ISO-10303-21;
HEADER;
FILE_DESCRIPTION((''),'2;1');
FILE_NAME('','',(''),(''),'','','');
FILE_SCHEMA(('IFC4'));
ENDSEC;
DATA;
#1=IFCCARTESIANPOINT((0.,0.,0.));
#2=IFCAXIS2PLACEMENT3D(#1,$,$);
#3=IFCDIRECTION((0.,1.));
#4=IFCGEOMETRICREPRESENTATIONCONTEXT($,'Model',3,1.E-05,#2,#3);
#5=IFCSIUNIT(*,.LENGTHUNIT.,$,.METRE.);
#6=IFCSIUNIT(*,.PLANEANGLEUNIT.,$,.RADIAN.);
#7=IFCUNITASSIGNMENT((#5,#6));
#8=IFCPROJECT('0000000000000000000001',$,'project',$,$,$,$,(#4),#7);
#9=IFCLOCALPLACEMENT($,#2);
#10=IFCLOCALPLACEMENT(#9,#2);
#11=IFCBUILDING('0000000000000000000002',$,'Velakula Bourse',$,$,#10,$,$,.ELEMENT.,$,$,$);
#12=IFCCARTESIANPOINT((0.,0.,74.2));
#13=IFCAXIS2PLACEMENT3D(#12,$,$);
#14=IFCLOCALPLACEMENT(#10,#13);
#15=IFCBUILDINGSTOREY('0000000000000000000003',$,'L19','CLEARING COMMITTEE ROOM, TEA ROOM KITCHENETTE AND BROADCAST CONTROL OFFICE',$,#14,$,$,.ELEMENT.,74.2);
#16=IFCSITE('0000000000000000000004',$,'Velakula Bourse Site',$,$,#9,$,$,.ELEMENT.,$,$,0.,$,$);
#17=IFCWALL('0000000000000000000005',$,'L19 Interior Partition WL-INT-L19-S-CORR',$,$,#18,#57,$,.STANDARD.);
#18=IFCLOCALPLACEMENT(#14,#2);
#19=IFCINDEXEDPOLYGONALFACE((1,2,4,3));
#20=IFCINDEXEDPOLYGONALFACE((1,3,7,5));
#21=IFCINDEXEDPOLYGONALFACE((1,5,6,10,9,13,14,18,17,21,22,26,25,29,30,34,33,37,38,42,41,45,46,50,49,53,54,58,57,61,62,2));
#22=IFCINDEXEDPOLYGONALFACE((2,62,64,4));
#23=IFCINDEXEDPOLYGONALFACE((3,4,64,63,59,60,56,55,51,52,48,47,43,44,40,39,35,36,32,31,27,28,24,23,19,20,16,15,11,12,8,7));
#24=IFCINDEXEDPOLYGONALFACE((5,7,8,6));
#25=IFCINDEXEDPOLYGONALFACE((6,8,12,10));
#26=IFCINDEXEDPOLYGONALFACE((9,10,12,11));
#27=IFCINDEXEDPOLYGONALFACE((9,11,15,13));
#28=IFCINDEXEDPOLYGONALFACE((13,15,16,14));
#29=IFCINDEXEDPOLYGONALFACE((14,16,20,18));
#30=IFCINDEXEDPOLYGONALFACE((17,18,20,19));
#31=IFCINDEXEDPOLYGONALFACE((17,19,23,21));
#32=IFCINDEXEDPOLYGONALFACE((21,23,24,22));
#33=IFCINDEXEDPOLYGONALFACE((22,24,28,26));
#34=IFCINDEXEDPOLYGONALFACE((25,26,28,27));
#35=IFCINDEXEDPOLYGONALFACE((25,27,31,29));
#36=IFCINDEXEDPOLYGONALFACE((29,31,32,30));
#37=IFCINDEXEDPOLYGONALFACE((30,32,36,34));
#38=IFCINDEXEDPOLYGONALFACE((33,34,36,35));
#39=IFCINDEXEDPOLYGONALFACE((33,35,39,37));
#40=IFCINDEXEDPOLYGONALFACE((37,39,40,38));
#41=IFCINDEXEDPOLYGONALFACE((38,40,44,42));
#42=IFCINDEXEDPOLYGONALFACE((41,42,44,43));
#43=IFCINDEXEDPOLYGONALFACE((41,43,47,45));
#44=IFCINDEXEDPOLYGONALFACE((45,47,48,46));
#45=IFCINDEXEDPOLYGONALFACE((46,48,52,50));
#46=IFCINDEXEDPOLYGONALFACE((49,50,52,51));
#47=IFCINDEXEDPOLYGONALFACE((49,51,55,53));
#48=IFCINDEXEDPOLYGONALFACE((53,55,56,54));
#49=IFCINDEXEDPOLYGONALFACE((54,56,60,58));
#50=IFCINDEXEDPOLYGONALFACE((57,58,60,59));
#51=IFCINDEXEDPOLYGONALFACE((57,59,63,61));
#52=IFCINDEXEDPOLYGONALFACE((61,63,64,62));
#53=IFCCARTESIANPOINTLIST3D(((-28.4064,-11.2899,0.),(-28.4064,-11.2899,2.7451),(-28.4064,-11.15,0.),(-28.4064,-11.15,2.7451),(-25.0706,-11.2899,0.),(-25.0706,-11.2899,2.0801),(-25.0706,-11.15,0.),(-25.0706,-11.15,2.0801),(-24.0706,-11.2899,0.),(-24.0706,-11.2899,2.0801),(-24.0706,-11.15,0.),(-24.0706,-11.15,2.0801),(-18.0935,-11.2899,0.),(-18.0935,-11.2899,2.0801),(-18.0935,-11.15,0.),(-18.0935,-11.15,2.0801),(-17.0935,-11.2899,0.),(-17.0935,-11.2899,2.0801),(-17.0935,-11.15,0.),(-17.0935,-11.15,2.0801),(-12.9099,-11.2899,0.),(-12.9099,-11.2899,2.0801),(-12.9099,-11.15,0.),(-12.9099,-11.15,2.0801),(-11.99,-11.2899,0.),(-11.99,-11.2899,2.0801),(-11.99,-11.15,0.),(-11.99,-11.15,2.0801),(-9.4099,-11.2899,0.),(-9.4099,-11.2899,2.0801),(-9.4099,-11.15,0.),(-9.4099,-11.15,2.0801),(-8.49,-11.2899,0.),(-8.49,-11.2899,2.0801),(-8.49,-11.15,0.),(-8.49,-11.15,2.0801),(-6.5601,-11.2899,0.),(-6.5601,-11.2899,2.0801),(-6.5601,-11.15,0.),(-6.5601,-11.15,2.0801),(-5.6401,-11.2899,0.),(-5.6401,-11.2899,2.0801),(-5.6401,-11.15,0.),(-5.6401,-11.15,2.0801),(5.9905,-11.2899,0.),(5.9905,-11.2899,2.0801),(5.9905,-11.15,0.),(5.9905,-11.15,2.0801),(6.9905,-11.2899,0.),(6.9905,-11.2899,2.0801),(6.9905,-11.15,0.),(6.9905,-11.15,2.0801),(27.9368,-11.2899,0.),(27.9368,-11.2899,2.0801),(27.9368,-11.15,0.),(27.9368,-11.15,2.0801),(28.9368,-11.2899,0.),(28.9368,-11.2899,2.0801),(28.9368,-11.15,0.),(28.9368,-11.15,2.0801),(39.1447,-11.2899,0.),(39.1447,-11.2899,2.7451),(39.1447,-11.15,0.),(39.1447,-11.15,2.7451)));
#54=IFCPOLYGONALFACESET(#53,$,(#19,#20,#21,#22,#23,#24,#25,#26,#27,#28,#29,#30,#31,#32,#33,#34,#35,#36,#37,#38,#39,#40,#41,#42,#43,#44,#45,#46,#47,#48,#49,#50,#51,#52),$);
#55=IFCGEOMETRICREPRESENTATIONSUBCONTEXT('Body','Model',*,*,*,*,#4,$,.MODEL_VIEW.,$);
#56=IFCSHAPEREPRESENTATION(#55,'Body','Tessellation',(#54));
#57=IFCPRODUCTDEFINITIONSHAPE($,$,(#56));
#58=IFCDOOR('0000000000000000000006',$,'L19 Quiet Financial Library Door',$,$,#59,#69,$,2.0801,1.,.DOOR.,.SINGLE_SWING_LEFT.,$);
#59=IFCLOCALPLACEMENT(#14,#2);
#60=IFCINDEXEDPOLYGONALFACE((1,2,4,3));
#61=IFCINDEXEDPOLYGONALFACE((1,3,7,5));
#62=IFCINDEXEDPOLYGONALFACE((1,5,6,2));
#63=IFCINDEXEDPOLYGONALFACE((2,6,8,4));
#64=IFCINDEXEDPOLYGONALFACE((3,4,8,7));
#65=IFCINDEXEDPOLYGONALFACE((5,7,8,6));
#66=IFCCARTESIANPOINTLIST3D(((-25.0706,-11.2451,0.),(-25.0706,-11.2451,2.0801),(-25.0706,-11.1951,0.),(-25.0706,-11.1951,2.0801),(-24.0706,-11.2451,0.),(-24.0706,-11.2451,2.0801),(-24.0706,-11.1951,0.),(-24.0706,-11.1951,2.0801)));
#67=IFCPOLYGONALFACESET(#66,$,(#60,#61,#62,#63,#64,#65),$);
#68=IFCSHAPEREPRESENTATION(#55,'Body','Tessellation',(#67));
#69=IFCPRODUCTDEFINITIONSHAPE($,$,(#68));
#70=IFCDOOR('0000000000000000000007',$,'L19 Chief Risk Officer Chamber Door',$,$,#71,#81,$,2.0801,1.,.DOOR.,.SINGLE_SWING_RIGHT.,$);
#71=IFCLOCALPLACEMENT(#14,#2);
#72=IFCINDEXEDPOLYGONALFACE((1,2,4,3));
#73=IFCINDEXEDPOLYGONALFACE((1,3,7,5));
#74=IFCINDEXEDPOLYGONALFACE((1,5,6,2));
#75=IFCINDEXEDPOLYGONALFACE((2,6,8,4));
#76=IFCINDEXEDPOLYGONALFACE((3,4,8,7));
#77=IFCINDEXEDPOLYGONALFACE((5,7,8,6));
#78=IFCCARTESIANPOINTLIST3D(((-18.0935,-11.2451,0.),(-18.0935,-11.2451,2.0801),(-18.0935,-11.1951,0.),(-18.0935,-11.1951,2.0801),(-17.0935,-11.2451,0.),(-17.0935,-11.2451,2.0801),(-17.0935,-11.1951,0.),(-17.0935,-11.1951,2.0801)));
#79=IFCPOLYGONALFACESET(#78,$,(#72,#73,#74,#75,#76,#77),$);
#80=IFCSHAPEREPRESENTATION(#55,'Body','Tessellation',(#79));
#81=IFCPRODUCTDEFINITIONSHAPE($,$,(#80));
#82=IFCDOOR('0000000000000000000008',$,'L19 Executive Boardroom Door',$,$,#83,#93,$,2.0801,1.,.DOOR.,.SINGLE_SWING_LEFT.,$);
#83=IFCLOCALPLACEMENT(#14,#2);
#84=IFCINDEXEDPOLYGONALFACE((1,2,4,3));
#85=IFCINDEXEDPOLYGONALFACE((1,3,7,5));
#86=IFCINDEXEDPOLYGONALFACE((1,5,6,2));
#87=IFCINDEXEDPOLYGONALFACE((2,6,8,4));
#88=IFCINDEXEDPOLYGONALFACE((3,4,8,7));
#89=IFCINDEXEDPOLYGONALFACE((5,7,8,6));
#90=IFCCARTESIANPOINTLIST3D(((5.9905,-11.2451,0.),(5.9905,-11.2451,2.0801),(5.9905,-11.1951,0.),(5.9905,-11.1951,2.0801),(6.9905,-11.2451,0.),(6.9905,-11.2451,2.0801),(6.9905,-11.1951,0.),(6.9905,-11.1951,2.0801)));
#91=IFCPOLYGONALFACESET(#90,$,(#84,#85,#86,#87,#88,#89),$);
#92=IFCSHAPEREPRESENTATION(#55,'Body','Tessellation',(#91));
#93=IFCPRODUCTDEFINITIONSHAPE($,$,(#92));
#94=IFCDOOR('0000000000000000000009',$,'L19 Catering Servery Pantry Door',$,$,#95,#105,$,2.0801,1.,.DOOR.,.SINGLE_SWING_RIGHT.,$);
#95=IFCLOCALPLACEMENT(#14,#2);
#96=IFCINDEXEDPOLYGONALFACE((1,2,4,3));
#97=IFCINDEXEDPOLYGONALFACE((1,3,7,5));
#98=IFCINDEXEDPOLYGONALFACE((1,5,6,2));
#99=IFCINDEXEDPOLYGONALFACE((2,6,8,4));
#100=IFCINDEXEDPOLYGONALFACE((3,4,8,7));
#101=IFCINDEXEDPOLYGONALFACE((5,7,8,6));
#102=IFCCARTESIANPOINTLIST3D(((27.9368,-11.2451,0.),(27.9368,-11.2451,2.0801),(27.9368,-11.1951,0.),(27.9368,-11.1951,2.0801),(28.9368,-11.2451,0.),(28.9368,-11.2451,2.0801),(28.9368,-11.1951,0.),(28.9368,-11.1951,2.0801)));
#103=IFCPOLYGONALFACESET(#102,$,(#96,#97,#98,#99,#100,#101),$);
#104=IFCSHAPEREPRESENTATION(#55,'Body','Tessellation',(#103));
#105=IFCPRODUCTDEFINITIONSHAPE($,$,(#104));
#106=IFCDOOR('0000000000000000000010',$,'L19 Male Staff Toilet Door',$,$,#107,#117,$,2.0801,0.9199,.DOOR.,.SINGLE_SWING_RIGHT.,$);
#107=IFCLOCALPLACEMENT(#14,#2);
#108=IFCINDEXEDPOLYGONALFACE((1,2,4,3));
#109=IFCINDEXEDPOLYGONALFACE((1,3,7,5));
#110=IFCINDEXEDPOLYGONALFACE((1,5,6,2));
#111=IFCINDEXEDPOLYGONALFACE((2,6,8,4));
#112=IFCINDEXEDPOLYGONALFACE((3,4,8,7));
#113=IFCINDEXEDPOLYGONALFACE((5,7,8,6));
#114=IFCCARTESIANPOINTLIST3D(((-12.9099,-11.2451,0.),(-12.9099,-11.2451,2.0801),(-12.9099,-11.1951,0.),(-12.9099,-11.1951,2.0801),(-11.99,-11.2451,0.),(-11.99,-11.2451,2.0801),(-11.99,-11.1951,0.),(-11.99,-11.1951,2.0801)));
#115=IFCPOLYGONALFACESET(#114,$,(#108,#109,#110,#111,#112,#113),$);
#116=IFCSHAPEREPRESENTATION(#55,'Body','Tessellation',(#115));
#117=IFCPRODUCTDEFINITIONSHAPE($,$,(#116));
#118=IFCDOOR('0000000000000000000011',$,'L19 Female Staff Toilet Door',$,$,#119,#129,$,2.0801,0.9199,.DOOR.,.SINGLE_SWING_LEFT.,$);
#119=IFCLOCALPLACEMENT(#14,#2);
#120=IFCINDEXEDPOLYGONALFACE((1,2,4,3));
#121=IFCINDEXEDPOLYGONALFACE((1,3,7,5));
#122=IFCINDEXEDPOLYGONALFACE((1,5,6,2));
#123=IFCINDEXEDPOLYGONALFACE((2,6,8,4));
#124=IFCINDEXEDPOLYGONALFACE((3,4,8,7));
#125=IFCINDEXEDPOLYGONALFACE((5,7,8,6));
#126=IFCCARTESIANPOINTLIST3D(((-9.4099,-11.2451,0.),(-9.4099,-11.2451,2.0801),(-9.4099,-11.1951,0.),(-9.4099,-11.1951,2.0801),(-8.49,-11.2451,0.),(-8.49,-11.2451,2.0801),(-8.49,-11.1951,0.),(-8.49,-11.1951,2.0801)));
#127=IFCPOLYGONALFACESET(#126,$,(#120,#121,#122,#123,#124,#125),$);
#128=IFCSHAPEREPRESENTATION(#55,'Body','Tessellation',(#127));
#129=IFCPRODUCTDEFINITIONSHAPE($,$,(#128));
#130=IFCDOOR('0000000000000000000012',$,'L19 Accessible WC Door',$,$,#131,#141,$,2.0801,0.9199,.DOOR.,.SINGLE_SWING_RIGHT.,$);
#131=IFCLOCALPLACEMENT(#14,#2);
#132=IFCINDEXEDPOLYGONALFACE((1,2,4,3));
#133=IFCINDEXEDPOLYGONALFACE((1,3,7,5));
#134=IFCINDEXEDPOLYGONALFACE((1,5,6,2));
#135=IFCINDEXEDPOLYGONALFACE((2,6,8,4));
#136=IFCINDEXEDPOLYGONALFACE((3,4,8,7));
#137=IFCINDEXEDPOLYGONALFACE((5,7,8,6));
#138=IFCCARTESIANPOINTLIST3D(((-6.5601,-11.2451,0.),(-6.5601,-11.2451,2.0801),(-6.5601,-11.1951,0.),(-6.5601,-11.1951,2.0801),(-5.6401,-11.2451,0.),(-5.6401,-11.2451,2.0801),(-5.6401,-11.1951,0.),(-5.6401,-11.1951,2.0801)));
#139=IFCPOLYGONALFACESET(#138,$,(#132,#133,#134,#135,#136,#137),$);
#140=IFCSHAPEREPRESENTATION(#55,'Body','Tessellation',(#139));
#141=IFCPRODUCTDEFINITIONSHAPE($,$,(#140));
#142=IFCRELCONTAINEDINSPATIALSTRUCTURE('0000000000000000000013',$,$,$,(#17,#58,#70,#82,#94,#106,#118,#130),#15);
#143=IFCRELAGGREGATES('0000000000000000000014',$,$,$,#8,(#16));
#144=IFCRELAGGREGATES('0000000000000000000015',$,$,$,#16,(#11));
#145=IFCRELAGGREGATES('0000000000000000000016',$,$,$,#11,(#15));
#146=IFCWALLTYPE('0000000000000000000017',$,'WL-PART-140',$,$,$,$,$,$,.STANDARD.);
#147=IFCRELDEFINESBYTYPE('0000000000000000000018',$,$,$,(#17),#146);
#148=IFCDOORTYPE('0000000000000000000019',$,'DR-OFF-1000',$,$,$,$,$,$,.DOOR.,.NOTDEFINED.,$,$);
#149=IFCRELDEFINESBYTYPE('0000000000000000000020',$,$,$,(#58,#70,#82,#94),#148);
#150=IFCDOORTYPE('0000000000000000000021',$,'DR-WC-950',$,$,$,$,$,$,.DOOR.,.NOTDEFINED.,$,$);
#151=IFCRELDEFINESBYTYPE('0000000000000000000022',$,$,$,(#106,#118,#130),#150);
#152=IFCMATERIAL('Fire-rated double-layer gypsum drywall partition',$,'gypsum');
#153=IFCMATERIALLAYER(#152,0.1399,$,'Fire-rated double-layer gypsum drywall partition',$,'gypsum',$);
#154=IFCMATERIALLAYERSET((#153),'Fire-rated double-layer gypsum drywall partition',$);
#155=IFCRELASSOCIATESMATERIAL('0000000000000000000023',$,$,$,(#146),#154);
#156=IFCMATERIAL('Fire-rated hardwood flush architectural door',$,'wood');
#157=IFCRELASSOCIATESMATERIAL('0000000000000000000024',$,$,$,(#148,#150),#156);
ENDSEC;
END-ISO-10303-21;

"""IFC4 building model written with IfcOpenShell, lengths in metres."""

from ifc_helpers import new_model, si_unit, direction, frame, frame_2d, origin, place, context, subcontext, project, spatial, rectangle, extrude, material, layer, layer_set, type_object, element, fill, save


model = new_model("IFC4")

# Units and contexts
model_context = context("Model", 3, precision=1e-05, world=origin(), true_north=direction((0.0, 1.0)))
body_context = subcontext(model_context, "Body", "Model", "MODEL_VIEW")
ifc_project = project(units=[si_unit("LENGTHUNIT", "METRE"), si_unit("PLANEANGLEUNIT", "RADIAN")], contexts=[model_context])

# Site, building, storey
site_placement = place(None, origin())
site = spatial("IfcSite", under=ifc_project, at=site_placement, Name="Velakula Bourse Site", CompositionType="ELEMENT", RefElevation=0.0)
building_placement = place(site_placement, origin())
building = spatial("IfcBuilding", under=site, at=building_placement, Name="Velakula Bourse", CompositionType="ELEMENT")
storey_placement = place(building_placement, frame((0.0, 0.0, 74.2)))
storey = spatial("IfcBuildingStorey", under=building, at=storey_placement, Name="L19", Description="CLEARING COMMITTEE ROOM, TEA ROOM KITCHENETTE AND BROADCAST CONTROL OFFICE", CompositionType="ELEMENT", Elevation=74.2)

# Wall, openings, doors
ifc_material_1 = material(Name="Fire-rated double-layer gypsum drywall partition", Category="gypsum")
ifc_layer_1 = layer(ifc_material_1, 0.1399, Name="Fire-rated double-layer gypsum drywall partition", Category="gypsum")
ifc_layer_set_1 = layer_set([ifc_layer_1], Name="Fire-rated double-layer gypsum drywall partition")
wall_type_1 = type_object("IfcWallType", Name="WL-PART-140", PredefinedType="STANDARD", material=ifc_layer_set_1)
wall_1_placement = place(storey_placement, frame((-28.4062, -11.22, 0.0), z_axis=(0.0, 0.0, 1.0), x_axis=(1.0, 0.0, 0.0)))
wall_1 = element("IfcWall", 1, at=wall_1_placement, inside=storey, type_object=wall_type_1, Name="L19 Interior Partition WL-INT-L19-S-CORR", PredefinedType="STANDARD", context=body_context, shape_type="SweptSolid", body=[
    extrude(rectangle(XDim=67.551, YDim=0.1399, at=frame_2d((33.7754, 0.0))), origin(), (0.0, 0.0, 1.0), 2.7451),
])
opening_1_placement = place(wall_1_placement, frame((15.4963, 0.0, 0.0)))
opening_1 = element("IfcOpeningElement", 2, at=opening_1_placement, cuts=wall_1, PredefinedType="OPENING", context=body_context, shape_type="SweptSolid", body=[
    extrude(rectangle(XDim=0.9199, YDim=2.0801, at=frame_2d((0.46, 1.04))), frame((0.0, 0.0798, 0.0), z_axis=(0.0, -1.0, 0.0), x_axis=(1.0, 0.0, 0.0)), (0.0, 0.0, 1.0), 0.1599),
])
opening_2_placement = place(wall_1_placement, frame((18.9963, 0.0, 0.0)))
opening_2 = element("IfcOpeningElement", 3, at=opening_2_placement, cuts=wall_1, PredefinedType="OPENING", context=body_context, shape_type="SweptSolid", body=[
    extrude(rectangle(XDim=0.9199, YDim=2.0801, at=frame_2d((0.46, 1.04))), frame((0.0, 0.0798, 0.0), z_axis=(0.0, -1.0, 0.0), x_axis=(1.0, 0.0, 0.0)), (0.0, 0.0, 1.0), 0.1599),
])
opening_3_placement = place(wall_1_placement, frame((21.8462, 0.0, 0.0)))
opening_3 = element("IfcOpeningElement", 4, at=opening_3_placement, cuts=wall_1, PredefinedType="OPENING", context=body_context, shape_type="SweptSolid", body=[
    extrude(rectangle(XDim=0.9199, YDim=2.0801, at=frame_2d((0.46, 1.04))), frame((0.0, 0.0798, 0.0), z_axis=(0.0, -1.0, 0.0), x_axis=(1.0, 0.0, 0.0)), (0.0, 0.0, 1.0), 0.1599),
])
opening_4_placement = place(wall_1_placement, frame((3.3357, 0.0, 0.0)))
opening_4 = element("IfcOpeningElement", 5, at=opening_4_placement, cuts=wall_1, PredefinedType="OPENING", context=body_context, shape_type="SweptSolid", body=[
    extrude(rectangle(XDim=1.0, YDim=2.0801, at=frame_2d((0.5, 1.04))), frame((0.0, 0.0798, 0.0), z_axis=(0.0, -1.0, 0.0), x_axis=(1.0, 0.0, 0.0)), (0.0, 0.0, 1.0), 0.1599),
])
opening_5_placement = place(wall_1_placement, frame((10.3127, 0.0, 0.0)))
opening_5 = element("IfcOpeningElement", 6, at=opening_5_placement, cuts=wall_1, PredefinedType="OPENING", context=body_context, shape_type="SweptSolid", body=[
    extrude(rectangle(XDim=1.0, YDim=2.0801, at=frame_2d((0.5, 1.04))), frame((0.0, 0.0798, 0.0), z_axis=(0.0, -1.0, 0.0), x_axis=(1.0, 0.0, 0.0)), (0.0, 0.0, 1.0), 0.1599),
])
opening_6_placement = place(wall_1_placement, frame((34.3967, 0.0, 0.0)))
opening_6 = element("IfcOpeningElement", 7, at=opening_6_placement, cuts=wall_1, PredefinedType="OPENING", context=body_context, shape_type="SweptSolid", body=[
    extrude(rectangle(XDim=1.0, YDim=2.0801, at=frame_2d((0.5, 1.04))), frame((0.0, 0.0798, 0.0), z_axis=(0.0, -1.0, 0.0), x_axis=(1.0, 0.0, 0.0)), (0.0, 0.0, 1.0), 0.1599),
])
opening_7_placement = place(wall_1_placement, frame((56.343, 0.0, 0.0)))
opening_7 = element("IfcOpeningElement", 8, at=opening_7_placement, cuts=wall_1, PredefinedType="OPENING", context=body_context, shape_type="SweptSolid", body=[
    extrude(rectangle(XDim=1.0, YDim=2.0801, at=frame_2d((0.5, 1.04))), frame((0.0, 0.0798, 0.0), z_axis=(0.0, -1.0, 0.0), x_axis=(1.0, 0.0, 0.0)), (0.0, 0.0, 1.0), 0.1599),
])
ifc_material_2 = material(Name="Fire-rated hardwood flush architectural door", Category="wood")
door_type_1 = type_object("IfcDoorType", Name="DR-OFF-1000", OperationType="NOTDEFINED", PredefinedType="DOOR", material=ifc_material_2)
door_1_placement = place(opening_4_placement, origin())
door_1 = element("IfcDoor", 9, at=door_1_placement, inside=storey, type_object=door_type_1, Name="L19 Quiet Financial Library Door", OperationType="SINGLE_SWING_LEFT", OverallHeight=2.0801, OverallWidth=1.0, PredefinedType="DOOR", context=body_context, shape_type="SweptSolid", body=[
    extrude(rectangle(XDim=1.0, YDim=2.0801, at=frame_2d((0.5, 1.04))), frame((0.0, 0.0249, 0.0), z_axis=(0.0, -1.0, 0.0), x_axis=(1.0, 0.0, 0.0)), (0.0, 0.0, 1.0), 0.05),
])
fill(opening_4, door_1)
door_2_placement = place(opening_5_placement, origin())
door_2 = element("IfcDoor", 10, at=door_2_placement, inside=storey, type_object=door_type_1, Name="L19 Chief Risk Officer Chamber Door", OperationType="SINGLE_SWING_RIGHT", OverallHeight=2.0801, OverallWidth=1.0, PredefinedType="DOOR", context=body_context, shape_type="SweptSolid", body=[
    extrude(rectangle(XDim=1.0, YDim=2.0801, at=frame_2d((0.5, 1.04))), frame((0.0, 0.0249, 0.0), z_axis=(0.0, -1.0, 0.0), x_axis=(1.0, 0.0, 0.0)), (0.0, 0.0, 1.0), 0.05),
])
fill(opening_5, door_2)
door_3_placement = place(opening_6_placement, origin())
door_3 = element("IfcDoor", 11, at=door_3_placement, inside=storey, type_object=door_type_1, Name="L19 Executive Boardroom Door", OperationType="SINGLE_SWING_LEFT", OverallHeight=2.0801, OverallWidth=1.0, PredefinedType="DOOR", context=body_context, shape_type="SweptSolid", body=[
    extrude(rectangle(XDim=1.0, YDim=2.0801, at=frame_2d((0.5, 1.04))), frame((0.0, 0.0249, 0.0), z_axis=(0.0, -1.0, 0.0), x_axis=(1.0, 0.0, 0.0)), (0.0, 0.0, 1.0), 0.05),
])
fill(opening_6, door_3)
door_4_placement = place(opening_7_placement, origin())
door_4 = element("IfcDoor", 12, at=door_4_placement, inside=storey, type_object=door_type_1, Name="L19 Catering Servery Pantry Door", OperationType="SINGLE_SWING_RIGHT", OverallHeight=2.0801, OverallWidth=1.0, PredefinedType="DOOR", context=body_context, shape_type="SweptSolid", body=[
    extrude(rectangle(XDim=1.0, YDim=2.0801, at=frame_2d((0.5, 1.04))), frame((0.0, 0.0249, 0.0), z_axis=(0.0, -1.0, 0.0), x_axis=(1.0, 0.0, 0.0)), (0.0, 0.0, 1.0), 0.05),
])
fill(opening_7, door_4)
door_type_2 = type_object("IfcDoorType", Name="DR-WC-950", OperationType="NOTDEFINED", PredefinedType="DOOR", material=ifc_material_2)
door_5_placement = place(opening_1_placement, origin())
door_5 = element("IfcDoor", 13, at=door_5_placement, inside=storey, type_object=door_type_2, Name="L19 Male Staff Toilet Door", OperationType="SINGLE_SWING_RIGHT", OverallHeight=2.0801, OverallWidth=0.9199, PredefinedType="DOOR", context=body_context, shape_type="SweptSolid", body=[
    extrude(rectangle(XDim=0.9199, YDim=2.0801, at=frame_2d((0.46, 1.04))), frame((0.0, 0.0249, 0.0), z_axis=(0.0, -1.0, 0.0), x_axis=(1.0, 0.0, 0.0)), (0.0, 0.0, 1.0), 0.05),
])
fill(opening_1, door_5)
door_6_placement = place(opening_2_placement, origin())
door_6 = element("IfcDoor", 14, at=door_6_placement, inside=storey, type_object=door_type_2, Name="L19 Female Staff Toilet Door", OperationType="SINGLE_SWING_LEFT", OverallHeight=2.0801, OverallWidth=0.9199, PredefinedType="DOOR", context=body_context, shape_type="SweptSolid", body=[
    extrude(rectangle(XDim=0.9199, YDim=2.0801, at=frame_2d((0.46, 1.04))), frame((0.0, 0.0249, 0.0), z_axis=(0.0, -1.0, 0.0), x_axis=(1.0, 0.0, 0.0)), (0.0, 0.0, 1.0), 0.05),
])
fill(opening_2, door_6)
door_7_placement = place(opening_3_placement, origin())
door_7 = element("IfcDoor", 15, at=door_7_placement, inside=storey, type_object=door_type_2, Name="L19 Accessible WC Door", OperationType="SINGLE_SWING_RIGHT", OverallHeight=2.0801, OverallWidth=0.9199, PredefinedType="DOOR", context=body_context, shape_type="SweptSolid", body=[
    extrude(rectangle(XDim=0.9199, YDim=2.0801, at=frame_2d((0.46, 1.04))), frame((0.0, 0.0249, 0.0), z_axis=(0.0, -1.0, 0.0), x_axis=(1.0, 0.0, 0.0)), (0.0, 0.0, 1.0), 0.05),
])
fill(opening_3, door_7)

save(model, "model.ifc")
